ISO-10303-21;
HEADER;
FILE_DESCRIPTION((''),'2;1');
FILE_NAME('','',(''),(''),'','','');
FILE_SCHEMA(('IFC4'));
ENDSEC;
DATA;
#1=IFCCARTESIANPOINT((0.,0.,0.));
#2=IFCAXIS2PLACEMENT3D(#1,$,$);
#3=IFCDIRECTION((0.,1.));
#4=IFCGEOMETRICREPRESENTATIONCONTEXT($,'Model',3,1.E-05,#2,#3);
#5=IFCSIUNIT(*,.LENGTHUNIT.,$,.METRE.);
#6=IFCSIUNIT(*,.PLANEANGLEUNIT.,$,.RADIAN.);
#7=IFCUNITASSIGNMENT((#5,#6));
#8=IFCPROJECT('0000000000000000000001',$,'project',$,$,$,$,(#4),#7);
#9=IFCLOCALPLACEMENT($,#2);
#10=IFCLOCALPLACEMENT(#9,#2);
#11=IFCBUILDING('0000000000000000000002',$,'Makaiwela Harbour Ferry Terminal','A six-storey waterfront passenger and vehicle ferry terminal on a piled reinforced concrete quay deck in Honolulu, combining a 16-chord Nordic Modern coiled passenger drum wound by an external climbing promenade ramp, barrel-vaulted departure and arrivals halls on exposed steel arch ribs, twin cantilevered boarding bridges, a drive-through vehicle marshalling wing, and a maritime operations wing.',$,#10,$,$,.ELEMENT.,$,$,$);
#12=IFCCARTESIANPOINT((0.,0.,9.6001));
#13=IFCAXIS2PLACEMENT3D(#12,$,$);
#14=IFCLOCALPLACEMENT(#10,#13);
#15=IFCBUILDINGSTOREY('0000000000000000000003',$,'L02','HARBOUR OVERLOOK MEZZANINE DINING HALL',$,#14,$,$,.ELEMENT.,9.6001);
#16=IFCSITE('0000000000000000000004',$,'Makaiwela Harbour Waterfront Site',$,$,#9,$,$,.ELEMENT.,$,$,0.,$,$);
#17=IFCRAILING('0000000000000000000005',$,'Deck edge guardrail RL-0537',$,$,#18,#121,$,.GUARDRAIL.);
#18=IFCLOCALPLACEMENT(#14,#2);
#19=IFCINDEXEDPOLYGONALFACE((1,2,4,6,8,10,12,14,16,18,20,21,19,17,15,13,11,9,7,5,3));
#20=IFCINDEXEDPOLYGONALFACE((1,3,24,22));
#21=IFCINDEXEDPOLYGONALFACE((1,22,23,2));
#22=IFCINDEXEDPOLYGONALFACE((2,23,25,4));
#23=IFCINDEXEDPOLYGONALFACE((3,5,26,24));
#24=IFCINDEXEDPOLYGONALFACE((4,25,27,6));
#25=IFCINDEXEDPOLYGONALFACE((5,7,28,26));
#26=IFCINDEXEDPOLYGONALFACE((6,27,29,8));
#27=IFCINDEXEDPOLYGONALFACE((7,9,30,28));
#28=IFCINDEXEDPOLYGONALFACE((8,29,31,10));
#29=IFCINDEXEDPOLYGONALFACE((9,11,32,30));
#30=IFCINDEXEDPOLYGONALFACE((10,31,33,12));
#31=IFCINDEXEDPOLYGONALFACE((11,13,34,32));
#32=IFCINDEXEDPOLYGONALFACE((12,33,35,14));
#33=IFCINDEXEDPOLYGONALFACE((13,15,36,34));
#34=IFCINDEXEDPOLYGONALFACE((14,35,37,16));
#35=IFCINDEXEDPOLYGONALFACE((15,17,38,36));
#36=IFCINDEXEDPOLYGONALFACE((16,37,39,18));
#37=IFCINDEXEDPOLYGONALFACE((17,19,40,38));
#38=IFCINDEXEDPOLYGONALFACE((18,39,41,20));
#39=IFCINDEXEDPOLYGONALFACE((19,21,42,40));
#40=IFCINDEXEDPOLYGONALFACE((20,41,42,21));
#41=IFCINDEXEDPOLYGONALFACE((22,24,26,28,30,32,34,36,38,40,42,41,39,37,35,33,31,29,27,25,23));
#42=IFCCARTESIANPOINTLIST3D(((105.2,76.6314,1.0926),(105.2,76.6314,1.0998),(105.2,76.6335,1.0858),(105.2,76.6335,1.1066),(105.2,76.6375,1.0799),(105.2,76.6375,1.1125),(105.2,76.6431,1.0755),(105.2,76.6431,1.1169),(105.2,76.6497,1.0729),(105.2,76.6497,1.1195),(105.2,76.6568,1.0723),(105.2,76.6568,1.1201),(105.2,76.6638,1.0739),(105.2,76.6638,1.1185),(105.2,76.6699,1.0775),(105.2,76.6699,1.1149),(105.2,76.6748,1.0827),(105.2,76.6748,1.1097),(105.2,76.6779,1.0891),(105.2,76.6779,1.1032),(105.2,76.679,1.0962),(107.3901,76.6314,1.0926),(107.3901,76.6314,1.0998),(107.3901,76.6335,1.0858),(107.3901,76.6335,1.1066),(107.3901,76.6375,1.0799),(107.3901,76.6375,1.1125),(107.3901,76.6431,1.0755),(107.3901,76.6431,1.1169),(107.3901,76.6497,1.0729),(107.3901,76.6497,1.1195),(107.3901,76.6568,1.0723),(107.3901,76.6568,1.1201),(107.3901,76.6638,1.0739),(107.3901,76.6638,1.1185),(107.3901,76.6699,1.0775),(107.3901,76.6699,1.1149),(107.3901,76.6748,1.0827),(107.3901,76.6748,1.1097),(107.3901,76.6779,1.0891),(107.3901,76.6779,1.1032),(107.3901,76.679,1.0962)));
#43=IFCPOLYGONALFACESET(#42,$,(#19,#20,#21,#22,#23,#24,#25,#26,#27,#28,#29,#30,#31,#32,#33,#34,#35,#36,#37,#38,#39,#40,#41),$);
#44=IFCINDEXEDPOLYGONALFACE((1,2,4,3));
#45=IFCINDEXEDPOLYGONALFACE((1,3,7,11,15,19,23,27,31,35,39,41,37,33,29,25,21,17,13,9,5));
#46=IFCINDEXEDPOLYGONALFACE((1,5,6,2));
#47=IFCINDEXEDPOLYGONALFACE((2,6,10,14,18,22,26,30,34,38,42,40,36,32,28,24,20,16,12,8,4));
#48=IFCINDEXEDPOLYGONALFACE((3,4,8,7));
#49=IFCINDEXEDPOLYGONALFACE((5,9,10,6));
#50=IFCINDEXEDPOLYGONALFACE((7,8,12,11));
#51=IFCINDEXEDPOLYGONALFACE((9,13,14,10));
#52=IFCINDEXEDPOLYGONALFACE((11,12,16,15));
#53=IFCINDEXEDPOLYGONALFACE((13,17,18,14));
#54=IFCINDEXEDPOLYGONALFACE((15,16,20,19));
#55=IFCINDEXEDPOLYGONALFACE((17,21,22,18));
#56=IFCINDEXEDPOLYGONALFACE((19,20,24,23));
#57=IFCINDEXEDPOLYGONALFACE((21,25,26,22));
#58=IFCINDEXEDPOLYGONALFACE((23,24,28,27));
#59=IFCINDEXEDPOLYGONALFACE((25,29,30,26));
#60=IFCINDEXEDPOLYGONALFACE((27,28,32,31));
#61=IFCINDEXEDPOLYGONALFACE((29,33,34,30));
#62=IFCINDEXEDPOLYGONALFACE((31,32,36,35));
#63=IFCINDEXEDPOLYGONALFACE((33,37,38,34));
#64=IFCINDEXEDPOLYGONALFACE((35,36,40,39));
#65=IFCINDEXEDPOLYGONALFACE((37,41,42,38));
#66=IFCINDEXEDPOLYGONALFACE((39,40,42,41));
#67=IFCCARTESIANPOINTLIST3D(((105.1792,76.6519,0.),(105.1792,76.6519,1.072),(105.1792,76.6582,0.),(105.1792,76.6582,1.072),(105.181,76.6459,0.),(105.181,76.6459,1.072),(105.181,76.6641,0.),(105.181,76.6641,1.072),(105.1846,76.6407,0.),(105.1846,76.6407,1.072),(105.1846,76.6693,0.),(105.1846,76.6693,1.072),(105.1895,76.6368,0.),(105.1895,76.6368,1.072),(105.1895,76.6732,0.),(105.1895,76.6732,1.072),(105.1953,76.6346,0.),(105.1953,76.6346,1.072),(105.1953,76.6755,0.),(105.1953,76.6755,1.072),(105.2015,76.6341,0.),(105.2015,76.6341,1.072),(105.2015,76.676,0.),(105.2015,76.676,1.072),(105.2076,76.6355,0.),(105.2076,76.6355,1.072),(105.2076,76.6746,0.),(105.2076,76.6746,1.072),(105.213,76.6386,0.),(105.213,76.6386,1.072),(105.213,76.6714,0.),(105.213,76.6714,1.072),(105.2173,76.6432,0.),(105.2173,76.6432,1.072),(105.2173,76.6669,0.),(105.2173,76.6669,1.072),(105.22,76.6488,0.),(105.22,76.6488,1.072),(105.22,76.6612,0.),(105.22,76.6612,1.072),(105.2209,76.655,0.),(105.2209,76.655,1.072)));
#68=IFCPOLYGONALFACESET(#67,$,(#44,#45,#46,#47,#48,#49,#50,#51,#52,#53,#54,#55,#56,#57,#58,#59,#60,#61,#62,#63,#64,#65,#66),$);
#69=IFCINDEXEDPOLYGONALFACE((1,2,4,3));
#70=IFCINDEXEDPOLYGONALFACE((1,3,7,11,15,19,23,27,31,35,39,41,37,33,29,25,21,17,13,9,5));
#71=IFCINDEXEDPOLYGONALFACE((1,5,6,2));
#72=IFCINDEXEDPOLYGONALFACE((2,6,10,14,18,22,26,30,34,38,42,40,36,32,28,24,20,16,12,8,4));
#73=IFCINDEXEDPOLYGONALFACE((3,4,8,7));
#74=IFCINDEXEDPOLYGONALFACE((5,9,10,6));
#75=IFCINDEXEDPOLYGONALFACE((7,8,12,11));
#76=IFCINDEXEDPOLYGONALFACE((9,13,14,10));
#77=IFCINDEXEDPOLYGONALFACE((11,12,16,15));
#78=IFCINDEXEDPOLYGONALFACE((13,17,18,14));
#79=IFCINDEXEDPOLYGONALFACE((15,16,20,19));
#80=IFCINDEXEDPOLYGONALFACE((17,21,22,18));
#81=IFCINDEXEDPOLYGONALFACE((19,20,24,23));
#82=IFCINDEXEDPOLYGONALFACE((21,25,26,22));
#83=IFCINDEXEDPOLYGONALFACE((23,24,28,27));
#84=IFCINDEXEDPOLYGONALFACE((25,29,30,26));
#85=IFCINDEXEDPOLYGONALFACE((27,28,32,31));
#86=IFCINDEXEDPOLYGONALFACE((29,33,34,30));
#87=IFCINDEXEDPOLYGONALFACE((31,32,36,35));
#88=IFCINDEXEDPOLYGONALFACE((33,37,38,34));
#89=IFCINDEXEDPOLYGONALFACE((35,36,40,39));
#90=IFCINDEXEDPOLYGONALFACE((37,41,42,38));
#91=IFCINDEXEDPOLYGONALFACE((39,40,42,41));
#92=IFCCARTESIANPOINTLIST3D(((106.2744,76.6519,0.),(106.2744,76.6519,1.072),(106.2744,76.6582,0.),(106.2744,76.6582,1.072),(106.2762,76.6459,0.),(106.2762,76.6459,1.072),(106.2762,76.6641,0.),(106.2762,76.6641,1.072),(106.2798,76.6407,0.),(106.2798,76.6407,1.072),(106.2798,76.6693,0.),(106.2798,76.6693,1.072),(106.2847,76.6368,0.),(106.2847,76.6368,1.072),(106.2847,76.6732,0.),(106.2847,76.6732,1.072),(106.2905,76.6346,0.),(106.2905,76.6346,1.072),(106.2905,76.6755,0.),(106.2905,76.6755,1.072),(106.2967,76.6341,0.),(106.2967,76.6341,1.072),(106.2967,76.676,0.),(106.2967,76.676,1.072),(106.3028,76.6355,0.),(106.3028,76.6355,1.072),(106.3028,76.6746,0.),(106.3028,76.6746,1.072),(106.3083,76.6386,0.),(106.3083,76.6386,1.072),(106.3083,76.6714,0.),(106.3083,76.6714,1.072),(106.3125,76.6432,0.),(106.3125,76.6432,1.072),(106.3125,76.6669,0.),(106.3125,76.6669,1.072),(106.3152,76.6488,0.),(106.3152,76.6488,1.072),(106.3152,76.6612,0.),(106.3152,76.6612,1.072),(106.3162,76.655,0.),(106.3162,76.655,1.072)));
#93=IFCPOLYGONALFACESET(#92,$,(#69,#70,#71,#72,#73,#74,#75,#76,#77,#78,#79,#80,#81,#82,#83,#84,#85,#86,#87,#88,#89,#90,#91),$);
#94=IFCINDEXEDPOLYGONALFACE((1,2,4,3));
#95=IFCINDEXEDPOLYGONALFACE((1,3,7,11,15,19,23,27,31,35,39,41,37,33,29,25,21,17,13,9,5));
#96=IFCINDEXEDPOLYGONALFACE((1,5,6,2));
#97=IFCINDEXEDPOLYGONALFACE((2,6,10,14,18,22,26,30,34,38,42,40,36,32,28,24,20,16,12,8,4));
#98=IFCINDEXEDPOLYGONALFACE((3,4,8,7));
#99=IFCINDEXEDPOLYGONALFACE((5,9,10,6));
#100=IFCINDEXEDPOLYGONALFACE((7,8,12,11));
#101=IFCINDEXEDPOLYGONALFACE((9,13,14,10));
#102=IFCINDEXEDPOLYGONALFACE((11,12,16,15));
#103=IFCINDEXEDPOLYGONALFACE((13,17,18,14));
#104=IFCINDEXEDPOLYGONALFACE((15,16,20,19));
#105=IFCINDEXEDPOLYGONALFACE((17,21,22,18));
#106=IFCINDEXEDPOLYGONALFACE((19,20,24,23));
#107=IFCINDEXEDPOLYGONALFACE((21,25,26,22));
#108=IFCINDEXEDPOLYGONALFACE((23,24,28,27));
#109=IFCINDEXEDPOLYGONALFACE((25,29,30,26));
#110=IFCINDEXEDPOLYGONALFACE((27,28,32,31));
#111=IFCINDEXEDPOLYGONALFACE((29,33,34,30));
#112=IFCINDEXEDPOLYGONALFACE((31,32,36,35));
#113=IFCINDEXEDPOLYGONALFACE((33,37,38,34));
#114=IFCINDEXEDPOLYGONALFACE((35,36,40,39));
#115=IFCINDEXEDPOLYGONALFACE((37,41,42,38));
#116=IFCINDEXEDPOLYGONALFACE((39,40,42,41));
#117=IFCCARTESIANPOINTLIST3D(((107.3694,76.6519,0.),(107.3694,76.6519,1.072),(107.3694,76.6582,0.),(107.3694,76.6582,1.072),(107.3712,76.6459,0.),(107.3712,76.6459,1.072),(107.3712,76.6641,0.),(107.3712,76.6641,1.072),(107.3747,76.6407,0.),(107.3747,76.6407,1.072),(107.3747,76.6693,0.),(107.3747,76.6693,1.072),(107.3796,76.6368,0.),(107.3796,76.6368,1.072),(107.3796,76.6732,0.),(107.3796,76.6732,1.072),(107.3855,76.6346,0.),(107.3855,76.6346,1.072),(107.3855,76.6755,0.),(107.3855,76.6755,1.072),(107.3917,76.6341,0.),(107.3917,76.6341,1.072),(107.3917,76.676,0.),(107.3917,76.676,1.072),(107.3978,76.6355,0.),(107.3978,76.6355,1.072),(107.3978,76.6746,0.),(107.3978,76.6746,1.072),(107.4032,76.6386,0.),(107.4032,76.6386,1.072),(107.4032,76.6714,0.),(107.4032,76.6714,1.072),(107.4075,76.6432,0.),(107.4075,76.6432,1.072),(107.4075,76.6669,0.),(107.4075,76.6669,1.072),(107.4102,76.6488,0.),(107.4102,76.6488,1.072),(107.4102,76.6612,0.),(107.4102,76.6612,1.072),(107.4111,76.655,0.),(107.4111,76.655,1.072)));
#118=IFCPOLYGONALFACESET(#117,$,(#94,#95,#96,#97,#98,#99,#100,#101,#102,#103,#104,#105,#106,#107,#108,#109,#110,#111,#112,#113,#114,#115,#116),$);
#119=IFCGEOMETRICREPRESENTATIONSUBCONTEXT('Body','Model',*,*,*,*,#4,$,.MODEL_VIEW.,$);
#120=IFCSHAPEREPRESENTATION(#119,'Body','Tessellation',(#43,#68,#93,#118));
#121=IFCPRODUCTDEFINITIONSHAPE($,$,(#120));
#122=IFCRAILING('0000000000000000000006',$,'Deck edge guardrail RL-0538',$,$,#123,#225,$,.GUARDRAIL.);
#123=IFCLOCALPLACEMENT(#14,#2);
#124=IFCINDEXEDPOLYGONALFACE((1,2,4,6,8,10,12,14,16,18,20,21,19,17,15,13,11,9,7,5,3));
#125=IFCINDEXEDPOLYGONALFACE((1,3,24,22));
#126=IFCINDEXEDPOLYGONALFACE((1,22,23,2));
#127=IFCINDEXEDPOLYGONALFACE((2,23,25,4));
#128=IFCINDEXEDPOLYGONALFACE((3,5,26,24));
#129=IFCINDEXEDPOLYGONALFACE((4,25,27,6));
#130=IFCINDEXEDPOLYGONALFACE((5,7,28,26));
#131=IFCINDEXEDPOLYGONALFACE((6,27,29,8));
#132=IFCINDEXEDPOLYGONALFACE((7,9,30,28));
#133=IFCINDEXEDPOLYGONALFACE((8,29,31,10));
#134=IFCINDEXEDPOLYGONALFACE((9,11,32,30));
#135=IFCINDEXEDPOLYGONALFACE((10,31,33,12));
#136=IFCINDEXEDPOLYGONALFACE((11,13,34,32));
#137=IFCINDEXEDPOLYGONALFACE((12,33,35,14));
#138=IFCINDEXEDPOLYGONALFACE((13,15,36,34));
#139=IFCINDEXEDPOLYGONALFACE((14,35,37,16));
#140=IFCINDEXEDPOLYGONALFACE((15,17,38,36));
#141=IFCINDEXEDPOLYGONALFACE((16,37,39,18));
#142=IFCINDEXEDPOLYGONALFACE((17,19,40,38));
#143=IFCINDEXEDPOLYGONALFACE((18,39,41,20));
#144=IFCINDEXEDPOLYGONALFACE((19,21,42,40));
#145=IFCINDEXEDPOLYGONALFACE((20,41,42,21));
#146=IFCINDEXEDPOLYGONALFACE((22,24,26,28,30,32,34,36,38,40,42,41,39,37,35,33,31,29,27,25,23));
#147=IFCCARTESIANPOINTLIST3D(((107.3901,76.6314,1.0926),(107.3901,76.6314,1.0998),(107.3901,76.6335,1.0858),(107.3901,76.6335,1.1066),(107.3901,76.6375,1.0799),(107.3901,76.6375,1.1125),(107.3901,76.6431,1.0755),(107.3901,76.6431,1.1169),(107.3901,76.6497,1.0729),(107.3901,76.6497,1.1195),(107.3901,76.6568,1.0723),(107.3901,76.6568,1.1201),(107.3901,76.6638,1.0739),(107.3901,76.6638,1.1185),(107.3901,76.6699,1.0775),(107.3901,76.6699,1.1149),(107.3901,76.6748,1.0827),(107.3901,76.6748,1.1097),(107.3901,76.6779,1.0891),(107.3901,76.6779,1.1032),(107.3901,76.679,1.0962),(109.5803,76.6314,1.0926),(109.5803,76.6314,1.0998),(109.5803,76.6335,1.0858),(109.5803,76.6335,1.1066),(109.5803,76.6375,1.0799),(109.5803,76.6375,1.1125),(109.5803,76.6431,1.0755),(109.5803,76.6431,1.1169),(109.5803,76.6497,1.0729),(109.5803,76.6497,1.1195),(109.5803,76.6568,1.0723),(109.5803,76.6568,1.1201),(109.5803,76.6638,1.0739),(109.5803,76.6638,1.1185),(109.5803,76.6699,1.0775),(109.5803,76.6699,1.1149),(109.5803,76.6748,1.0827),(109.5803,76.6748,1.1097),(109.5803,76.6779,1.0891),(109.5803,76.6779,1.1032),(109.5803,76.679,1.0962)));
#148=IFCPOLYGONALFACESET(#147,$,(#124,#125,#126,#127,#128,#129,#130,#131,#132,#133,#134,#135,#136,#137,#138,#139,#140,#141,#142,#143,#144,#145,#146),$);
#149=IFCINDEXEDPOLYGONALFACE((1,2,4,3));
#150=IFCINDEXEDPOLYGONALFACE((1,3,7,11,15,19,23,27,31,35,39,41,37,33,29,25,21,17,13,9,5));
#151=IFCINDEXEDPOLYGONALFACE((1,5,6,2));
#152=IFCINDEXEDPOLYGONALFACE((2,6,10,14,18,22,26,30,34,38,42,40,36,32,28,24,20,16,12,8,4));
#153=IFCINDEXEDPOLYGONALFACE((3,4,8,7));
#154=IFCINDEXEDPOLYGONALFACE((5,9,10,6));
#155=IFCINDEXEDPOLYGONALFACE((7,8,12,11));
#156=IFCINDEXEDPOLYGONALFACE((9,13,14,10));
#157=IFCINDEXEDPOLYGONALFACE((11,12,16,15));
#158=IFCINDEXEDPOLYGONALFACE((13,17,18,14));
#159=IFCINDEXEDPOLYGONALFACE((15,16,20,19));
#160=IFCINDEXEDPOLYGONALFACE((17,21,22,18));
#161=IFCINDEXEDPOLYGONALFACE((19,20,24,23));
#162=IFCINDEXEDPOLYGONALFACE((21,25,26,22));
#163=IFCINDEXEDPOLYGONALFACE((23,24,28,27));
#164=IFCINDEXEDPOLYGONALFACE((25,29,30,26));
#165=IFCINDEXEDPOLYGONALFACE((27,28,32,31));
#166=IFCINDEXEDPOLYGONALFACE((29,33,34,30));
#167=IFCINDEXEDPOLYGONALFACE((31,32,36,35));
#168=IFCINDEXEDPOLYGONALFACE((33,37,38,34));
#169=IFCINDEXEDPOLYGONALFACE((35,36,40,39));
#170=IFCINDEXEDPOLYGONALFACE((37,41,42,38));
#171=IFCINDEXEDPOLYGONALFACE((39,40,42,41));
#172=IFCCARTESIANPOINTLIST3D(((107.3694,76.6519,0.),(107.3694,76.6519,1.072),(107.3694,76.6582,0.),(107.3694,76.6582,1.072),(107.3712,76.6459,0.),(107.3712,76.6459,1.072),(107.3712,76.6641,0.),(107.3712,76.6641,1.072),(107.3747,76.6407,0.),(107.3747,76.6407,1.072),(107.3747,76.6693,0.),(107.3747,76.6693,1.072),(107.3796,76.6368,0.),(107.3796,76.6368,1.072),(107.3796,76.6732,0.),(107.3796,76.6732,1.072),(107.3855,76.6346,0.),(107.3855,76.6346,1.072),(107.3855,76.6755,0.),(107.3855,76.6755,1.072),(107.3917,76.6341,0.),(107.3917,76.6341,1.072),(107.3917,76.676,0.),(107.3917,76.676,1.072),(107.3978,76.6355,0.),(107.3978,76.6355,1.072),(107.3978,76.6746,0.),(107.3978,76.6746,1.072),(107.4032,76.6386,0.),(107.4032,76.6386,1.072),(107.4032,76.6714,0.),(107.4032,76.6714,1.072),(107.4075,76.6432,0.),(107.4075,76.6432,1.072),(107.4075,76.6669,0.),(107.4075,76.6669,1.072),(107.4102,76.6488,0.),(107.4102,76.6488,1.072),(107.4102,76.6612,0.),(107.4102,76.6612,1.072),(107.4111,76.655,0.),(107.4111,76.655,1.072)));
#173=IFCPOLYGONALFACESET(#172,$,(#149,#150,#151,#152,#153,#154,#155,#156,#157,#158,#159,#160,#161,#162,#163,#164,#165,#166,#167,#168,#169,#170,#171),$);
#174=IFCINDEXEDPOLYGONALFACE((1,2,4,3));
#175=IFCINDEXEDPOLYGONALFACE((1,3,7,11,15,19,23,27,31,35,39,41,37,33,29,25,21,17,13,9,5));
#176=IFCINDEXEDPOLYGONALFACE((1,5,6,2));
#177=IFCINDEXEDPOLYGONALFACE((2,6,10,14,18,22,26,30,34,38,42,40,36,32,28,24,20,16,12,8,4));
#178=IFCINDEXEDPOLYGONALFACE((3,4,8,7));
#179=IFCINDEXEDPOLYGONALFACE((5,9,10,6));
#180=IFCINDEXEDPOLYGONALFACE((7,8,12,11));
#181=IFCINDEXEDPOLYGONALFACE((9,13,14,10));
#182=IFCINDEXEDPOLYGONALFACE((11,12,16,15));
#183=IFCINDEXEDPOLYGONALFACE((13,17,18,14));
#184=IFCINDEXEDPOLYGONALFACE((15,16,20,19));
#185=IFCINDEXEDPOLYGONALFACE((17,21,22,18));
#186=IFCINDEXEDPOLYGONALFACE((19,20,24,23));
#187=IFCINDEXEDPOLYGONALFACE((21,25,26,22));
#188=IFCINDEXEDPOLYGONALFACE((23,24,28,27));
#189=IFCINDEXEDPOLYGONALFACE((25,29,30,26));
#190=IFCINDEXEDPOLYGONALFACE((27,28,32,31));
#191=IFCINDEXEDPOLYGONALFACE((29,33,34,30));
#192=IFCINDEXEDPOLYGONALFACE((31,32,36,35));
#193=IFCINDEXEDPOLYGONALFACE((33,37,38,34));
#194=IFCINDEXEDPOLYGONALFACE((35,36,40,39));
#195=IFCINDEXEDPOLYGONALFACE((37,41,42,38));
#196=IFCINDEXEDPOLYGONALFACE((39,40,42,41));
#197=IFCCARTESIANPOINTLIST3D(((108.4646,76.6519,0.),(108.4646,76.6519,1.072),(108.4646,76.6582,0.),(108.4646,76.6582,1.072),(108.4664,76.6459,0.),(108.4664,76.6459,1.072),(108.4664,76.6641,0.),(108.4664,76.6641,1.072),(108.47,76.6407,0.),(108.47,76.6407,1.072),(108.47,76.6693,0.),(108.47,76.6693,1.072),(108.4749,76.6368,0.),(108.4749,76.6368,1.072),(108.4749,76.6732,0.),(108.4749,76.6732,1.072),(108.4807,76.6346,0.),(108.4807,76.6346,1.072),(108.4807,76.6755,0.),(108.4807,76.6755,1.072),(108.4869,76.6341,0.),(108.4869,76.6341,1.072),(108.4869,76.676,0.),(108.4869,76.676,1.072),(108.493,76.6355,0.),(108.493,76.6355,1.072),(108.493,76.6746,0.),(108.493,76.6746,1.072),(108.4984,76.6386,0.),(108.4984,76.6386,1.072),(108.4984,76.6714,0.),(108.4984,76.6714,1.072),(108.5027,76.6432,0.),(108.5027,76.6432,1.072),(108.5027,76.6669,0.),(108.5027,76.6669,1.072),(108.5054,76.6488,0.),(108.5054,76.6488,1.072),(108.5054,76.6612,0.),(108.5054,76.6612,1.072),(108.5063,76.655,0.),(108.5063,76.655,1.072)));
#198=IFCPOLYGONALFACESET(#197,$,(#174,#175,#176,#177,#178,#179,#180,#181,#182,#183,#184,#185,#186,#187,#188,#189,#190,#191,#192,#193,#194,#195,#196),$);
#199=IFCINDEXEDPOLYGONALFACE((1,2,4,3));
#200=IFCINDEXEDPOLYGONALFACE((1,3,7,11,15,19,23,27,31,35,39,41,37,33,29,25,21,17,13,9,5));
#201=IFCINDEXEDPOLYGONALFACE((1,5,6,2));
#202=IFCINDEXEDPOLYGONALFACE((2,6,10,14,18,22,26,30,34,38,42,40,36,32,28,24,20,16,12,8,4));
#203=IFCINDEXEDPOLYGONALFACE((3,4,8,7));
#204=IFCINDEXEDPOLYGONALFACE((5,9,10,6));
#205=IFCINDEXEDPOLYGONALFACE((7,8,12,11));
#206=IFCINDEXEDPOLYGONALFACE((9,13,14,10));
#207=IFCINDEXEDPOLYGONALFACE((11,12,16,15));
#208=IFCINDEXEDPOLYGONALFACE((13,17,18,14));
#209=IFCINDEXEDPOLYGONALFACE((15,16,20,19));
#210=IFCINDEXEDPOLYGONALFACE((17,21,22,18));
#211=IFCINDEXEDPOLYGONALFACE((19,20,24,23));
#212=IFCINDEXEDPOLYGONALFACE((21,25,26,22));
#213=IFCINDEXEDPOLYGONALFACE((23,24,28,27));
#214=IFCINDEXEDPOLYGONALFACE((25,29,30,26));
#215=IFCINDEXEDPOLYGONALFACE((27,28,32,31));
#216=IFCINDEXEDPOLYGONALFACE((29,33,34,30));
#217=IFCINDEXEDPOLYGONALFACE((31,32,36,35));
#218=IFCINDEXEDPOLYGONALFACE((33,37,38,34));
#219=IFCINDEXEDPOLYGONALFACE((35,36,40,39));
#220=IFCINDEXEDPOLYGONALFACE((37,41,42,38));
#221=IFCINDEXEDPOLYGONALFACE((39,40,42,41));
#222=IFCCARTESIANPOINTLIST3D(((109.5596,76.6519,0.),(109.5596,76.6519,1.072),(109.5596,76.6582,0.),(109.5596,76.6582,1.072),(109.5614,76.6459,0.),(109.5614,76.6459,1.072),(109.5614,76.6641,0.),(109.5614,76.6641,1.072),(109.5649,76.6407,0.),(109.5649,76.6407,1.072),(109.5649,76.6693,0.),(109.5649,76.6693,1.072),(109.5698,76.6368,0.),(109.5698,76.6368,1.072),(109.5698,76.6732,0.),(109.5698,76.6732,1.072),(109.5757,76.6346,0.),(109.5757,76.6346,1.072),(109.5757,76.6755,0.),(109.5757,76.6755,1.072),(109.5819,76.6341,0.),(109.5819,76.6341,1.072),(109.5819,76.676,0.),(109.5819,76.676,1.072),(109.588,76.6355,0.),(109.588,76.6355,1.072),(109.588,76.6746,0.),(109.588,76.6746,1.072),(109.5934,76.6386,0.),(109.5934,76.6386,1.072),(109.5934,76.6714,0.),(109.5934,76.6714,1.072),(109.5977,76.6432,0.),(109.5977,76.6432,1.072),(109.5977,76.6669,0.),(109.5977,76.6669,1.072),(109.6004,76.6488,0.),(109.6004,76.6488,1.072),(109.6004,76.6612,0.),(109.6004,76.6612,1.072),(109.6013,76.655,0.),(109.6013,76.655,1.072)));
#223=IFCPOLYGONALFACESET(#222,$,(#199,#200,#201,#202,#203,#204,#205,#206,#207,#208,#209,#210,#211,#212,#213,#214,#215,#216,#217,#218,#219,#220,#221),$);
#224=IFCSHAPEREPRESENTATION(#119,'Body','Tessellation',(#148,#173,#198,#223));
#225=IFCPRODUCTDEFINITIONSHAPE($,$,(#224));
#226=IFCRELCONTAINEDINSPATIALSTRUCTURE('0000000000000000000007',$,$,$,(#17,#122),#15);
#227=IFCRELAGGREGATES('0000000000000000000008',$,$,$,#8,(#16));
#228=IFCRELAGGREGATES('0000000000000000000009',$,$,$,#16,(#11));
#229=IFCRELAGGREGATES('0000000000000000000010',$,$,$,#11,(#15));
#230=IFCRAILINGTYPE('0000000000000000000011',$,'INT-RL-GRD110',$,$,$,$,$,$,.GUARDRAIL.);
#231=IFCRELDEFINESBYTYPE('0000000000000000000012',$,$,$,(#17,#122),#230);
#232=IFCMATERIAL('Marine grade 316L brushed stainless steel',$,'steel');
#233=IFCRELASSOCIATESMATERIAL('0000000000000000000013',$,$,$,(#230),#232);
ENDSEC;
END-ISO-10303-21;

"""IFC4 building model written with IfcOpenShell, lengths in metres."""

from ifc_helpers import new_model, si_unit, direction, frame, origin, origin_2d, place, context, subcontext, project, spatial, circle, extrude, material, type_object, element, save


model = new_model("IFC4")

# Units and contexts
model_context = context("Model", 3, precision=1e-05, world=origin(), true_north=direction((0.0, 1.0)))
body_context = subcontext(model_context, "Body", "Model", "MODEL_VIEW")
ifc_project = project(units=[si_unit("LENGTHUNIT", "METRE"), si_unit("PLANEANGLEUNIT", "RADIAN")], contexts=[model_context])

# Site, building, storey
site_placement = place(None, origin())
site = spatial("IfcSite", under=ifc_project, at=site_placement, Name="Makaiwela Harbour Waterfront Site", CompositionType="ELEMENT", RefElevation=0.0)
building_placement = place(site_placement, origin())
building = spatial("IfcBuilding", under=site, at=building_placement, Name="Makaiwela Harbour Ferry Terminal", Description="A six-storey waterfront passenger and vehicle ferry terminal on a piled reinforced concrete quay deck in Honolulu, combining a 16-chord Nordic Modern coiled passenger drum wound by an external climbing promenade ramp, barrel-vaulted departure and arrivals halls on exposed steel arch ribs, twin cantilevered boarding bridges, a drive-through vehicle marshalling wing, and a maritime operations wing.", CompositionType="ELEMENT")
storey_placement = place(building_placement, frame((0.0, 0.0, 9.6001)))
storey = spatial("IfcBuildingStorey", under=building, at=storey_placement, Name="L02", Description="HARBOUR OVERLOOK MEZZANINE DINING HALL", CompositionType="ELEMENT", Elevation=9.6001)

# Railings
ifc_material_1 = material(Name="Marine grade 316L brushed stainless steel", Category="steel")
railing_type = type_object("IfcRailingType", Name="INT-RL-GRD110", PredefinedType="GUARDRAIL", material=ifc_material_1)
for number, where, name in (
    (1, (105.2, 76.655, 0.0), "Deck edge guardrail RL-0537"),
    (2, (107.3901, 76.655, 0.0), "Deck edge guardrail RL-0538"),
):
    element("IfcRailing", number, at=place(storey_placement, frame(where)), inside=storey, type_object=railing_type, Name=name, PredefinedType="GUARDRAIL", context=body_context, shape_type="SweptSolid", body=[
        extrude(circle(Radius=0.0239, at=origin_2d()), frame((0.0, 0.0, 1.0962), z_axis=(1.0, 0.0, 0.0), x_axis=(0.0, 1.0, 0.0)), (0.0, 0.0, 1.0), 2.1902),
        extrude(circle(Radius=0.021, at=origin_2d()), origin(), (0.0, 0.0, 1.0), 1.072),
        extrude(circle(Radius=0.021, at=origin_2d()), frame((1.0952, 0.0, 0.0)), (0.0, 0.0, 1.0), 1.072),
        extrude(circle(Radius=0.021, at=origin_2d()), frame((2.1902, 0.0, 0.0)), (0.0, 0.0, 1.0), 1.072),
    ])

save(model, "model.ifc")
